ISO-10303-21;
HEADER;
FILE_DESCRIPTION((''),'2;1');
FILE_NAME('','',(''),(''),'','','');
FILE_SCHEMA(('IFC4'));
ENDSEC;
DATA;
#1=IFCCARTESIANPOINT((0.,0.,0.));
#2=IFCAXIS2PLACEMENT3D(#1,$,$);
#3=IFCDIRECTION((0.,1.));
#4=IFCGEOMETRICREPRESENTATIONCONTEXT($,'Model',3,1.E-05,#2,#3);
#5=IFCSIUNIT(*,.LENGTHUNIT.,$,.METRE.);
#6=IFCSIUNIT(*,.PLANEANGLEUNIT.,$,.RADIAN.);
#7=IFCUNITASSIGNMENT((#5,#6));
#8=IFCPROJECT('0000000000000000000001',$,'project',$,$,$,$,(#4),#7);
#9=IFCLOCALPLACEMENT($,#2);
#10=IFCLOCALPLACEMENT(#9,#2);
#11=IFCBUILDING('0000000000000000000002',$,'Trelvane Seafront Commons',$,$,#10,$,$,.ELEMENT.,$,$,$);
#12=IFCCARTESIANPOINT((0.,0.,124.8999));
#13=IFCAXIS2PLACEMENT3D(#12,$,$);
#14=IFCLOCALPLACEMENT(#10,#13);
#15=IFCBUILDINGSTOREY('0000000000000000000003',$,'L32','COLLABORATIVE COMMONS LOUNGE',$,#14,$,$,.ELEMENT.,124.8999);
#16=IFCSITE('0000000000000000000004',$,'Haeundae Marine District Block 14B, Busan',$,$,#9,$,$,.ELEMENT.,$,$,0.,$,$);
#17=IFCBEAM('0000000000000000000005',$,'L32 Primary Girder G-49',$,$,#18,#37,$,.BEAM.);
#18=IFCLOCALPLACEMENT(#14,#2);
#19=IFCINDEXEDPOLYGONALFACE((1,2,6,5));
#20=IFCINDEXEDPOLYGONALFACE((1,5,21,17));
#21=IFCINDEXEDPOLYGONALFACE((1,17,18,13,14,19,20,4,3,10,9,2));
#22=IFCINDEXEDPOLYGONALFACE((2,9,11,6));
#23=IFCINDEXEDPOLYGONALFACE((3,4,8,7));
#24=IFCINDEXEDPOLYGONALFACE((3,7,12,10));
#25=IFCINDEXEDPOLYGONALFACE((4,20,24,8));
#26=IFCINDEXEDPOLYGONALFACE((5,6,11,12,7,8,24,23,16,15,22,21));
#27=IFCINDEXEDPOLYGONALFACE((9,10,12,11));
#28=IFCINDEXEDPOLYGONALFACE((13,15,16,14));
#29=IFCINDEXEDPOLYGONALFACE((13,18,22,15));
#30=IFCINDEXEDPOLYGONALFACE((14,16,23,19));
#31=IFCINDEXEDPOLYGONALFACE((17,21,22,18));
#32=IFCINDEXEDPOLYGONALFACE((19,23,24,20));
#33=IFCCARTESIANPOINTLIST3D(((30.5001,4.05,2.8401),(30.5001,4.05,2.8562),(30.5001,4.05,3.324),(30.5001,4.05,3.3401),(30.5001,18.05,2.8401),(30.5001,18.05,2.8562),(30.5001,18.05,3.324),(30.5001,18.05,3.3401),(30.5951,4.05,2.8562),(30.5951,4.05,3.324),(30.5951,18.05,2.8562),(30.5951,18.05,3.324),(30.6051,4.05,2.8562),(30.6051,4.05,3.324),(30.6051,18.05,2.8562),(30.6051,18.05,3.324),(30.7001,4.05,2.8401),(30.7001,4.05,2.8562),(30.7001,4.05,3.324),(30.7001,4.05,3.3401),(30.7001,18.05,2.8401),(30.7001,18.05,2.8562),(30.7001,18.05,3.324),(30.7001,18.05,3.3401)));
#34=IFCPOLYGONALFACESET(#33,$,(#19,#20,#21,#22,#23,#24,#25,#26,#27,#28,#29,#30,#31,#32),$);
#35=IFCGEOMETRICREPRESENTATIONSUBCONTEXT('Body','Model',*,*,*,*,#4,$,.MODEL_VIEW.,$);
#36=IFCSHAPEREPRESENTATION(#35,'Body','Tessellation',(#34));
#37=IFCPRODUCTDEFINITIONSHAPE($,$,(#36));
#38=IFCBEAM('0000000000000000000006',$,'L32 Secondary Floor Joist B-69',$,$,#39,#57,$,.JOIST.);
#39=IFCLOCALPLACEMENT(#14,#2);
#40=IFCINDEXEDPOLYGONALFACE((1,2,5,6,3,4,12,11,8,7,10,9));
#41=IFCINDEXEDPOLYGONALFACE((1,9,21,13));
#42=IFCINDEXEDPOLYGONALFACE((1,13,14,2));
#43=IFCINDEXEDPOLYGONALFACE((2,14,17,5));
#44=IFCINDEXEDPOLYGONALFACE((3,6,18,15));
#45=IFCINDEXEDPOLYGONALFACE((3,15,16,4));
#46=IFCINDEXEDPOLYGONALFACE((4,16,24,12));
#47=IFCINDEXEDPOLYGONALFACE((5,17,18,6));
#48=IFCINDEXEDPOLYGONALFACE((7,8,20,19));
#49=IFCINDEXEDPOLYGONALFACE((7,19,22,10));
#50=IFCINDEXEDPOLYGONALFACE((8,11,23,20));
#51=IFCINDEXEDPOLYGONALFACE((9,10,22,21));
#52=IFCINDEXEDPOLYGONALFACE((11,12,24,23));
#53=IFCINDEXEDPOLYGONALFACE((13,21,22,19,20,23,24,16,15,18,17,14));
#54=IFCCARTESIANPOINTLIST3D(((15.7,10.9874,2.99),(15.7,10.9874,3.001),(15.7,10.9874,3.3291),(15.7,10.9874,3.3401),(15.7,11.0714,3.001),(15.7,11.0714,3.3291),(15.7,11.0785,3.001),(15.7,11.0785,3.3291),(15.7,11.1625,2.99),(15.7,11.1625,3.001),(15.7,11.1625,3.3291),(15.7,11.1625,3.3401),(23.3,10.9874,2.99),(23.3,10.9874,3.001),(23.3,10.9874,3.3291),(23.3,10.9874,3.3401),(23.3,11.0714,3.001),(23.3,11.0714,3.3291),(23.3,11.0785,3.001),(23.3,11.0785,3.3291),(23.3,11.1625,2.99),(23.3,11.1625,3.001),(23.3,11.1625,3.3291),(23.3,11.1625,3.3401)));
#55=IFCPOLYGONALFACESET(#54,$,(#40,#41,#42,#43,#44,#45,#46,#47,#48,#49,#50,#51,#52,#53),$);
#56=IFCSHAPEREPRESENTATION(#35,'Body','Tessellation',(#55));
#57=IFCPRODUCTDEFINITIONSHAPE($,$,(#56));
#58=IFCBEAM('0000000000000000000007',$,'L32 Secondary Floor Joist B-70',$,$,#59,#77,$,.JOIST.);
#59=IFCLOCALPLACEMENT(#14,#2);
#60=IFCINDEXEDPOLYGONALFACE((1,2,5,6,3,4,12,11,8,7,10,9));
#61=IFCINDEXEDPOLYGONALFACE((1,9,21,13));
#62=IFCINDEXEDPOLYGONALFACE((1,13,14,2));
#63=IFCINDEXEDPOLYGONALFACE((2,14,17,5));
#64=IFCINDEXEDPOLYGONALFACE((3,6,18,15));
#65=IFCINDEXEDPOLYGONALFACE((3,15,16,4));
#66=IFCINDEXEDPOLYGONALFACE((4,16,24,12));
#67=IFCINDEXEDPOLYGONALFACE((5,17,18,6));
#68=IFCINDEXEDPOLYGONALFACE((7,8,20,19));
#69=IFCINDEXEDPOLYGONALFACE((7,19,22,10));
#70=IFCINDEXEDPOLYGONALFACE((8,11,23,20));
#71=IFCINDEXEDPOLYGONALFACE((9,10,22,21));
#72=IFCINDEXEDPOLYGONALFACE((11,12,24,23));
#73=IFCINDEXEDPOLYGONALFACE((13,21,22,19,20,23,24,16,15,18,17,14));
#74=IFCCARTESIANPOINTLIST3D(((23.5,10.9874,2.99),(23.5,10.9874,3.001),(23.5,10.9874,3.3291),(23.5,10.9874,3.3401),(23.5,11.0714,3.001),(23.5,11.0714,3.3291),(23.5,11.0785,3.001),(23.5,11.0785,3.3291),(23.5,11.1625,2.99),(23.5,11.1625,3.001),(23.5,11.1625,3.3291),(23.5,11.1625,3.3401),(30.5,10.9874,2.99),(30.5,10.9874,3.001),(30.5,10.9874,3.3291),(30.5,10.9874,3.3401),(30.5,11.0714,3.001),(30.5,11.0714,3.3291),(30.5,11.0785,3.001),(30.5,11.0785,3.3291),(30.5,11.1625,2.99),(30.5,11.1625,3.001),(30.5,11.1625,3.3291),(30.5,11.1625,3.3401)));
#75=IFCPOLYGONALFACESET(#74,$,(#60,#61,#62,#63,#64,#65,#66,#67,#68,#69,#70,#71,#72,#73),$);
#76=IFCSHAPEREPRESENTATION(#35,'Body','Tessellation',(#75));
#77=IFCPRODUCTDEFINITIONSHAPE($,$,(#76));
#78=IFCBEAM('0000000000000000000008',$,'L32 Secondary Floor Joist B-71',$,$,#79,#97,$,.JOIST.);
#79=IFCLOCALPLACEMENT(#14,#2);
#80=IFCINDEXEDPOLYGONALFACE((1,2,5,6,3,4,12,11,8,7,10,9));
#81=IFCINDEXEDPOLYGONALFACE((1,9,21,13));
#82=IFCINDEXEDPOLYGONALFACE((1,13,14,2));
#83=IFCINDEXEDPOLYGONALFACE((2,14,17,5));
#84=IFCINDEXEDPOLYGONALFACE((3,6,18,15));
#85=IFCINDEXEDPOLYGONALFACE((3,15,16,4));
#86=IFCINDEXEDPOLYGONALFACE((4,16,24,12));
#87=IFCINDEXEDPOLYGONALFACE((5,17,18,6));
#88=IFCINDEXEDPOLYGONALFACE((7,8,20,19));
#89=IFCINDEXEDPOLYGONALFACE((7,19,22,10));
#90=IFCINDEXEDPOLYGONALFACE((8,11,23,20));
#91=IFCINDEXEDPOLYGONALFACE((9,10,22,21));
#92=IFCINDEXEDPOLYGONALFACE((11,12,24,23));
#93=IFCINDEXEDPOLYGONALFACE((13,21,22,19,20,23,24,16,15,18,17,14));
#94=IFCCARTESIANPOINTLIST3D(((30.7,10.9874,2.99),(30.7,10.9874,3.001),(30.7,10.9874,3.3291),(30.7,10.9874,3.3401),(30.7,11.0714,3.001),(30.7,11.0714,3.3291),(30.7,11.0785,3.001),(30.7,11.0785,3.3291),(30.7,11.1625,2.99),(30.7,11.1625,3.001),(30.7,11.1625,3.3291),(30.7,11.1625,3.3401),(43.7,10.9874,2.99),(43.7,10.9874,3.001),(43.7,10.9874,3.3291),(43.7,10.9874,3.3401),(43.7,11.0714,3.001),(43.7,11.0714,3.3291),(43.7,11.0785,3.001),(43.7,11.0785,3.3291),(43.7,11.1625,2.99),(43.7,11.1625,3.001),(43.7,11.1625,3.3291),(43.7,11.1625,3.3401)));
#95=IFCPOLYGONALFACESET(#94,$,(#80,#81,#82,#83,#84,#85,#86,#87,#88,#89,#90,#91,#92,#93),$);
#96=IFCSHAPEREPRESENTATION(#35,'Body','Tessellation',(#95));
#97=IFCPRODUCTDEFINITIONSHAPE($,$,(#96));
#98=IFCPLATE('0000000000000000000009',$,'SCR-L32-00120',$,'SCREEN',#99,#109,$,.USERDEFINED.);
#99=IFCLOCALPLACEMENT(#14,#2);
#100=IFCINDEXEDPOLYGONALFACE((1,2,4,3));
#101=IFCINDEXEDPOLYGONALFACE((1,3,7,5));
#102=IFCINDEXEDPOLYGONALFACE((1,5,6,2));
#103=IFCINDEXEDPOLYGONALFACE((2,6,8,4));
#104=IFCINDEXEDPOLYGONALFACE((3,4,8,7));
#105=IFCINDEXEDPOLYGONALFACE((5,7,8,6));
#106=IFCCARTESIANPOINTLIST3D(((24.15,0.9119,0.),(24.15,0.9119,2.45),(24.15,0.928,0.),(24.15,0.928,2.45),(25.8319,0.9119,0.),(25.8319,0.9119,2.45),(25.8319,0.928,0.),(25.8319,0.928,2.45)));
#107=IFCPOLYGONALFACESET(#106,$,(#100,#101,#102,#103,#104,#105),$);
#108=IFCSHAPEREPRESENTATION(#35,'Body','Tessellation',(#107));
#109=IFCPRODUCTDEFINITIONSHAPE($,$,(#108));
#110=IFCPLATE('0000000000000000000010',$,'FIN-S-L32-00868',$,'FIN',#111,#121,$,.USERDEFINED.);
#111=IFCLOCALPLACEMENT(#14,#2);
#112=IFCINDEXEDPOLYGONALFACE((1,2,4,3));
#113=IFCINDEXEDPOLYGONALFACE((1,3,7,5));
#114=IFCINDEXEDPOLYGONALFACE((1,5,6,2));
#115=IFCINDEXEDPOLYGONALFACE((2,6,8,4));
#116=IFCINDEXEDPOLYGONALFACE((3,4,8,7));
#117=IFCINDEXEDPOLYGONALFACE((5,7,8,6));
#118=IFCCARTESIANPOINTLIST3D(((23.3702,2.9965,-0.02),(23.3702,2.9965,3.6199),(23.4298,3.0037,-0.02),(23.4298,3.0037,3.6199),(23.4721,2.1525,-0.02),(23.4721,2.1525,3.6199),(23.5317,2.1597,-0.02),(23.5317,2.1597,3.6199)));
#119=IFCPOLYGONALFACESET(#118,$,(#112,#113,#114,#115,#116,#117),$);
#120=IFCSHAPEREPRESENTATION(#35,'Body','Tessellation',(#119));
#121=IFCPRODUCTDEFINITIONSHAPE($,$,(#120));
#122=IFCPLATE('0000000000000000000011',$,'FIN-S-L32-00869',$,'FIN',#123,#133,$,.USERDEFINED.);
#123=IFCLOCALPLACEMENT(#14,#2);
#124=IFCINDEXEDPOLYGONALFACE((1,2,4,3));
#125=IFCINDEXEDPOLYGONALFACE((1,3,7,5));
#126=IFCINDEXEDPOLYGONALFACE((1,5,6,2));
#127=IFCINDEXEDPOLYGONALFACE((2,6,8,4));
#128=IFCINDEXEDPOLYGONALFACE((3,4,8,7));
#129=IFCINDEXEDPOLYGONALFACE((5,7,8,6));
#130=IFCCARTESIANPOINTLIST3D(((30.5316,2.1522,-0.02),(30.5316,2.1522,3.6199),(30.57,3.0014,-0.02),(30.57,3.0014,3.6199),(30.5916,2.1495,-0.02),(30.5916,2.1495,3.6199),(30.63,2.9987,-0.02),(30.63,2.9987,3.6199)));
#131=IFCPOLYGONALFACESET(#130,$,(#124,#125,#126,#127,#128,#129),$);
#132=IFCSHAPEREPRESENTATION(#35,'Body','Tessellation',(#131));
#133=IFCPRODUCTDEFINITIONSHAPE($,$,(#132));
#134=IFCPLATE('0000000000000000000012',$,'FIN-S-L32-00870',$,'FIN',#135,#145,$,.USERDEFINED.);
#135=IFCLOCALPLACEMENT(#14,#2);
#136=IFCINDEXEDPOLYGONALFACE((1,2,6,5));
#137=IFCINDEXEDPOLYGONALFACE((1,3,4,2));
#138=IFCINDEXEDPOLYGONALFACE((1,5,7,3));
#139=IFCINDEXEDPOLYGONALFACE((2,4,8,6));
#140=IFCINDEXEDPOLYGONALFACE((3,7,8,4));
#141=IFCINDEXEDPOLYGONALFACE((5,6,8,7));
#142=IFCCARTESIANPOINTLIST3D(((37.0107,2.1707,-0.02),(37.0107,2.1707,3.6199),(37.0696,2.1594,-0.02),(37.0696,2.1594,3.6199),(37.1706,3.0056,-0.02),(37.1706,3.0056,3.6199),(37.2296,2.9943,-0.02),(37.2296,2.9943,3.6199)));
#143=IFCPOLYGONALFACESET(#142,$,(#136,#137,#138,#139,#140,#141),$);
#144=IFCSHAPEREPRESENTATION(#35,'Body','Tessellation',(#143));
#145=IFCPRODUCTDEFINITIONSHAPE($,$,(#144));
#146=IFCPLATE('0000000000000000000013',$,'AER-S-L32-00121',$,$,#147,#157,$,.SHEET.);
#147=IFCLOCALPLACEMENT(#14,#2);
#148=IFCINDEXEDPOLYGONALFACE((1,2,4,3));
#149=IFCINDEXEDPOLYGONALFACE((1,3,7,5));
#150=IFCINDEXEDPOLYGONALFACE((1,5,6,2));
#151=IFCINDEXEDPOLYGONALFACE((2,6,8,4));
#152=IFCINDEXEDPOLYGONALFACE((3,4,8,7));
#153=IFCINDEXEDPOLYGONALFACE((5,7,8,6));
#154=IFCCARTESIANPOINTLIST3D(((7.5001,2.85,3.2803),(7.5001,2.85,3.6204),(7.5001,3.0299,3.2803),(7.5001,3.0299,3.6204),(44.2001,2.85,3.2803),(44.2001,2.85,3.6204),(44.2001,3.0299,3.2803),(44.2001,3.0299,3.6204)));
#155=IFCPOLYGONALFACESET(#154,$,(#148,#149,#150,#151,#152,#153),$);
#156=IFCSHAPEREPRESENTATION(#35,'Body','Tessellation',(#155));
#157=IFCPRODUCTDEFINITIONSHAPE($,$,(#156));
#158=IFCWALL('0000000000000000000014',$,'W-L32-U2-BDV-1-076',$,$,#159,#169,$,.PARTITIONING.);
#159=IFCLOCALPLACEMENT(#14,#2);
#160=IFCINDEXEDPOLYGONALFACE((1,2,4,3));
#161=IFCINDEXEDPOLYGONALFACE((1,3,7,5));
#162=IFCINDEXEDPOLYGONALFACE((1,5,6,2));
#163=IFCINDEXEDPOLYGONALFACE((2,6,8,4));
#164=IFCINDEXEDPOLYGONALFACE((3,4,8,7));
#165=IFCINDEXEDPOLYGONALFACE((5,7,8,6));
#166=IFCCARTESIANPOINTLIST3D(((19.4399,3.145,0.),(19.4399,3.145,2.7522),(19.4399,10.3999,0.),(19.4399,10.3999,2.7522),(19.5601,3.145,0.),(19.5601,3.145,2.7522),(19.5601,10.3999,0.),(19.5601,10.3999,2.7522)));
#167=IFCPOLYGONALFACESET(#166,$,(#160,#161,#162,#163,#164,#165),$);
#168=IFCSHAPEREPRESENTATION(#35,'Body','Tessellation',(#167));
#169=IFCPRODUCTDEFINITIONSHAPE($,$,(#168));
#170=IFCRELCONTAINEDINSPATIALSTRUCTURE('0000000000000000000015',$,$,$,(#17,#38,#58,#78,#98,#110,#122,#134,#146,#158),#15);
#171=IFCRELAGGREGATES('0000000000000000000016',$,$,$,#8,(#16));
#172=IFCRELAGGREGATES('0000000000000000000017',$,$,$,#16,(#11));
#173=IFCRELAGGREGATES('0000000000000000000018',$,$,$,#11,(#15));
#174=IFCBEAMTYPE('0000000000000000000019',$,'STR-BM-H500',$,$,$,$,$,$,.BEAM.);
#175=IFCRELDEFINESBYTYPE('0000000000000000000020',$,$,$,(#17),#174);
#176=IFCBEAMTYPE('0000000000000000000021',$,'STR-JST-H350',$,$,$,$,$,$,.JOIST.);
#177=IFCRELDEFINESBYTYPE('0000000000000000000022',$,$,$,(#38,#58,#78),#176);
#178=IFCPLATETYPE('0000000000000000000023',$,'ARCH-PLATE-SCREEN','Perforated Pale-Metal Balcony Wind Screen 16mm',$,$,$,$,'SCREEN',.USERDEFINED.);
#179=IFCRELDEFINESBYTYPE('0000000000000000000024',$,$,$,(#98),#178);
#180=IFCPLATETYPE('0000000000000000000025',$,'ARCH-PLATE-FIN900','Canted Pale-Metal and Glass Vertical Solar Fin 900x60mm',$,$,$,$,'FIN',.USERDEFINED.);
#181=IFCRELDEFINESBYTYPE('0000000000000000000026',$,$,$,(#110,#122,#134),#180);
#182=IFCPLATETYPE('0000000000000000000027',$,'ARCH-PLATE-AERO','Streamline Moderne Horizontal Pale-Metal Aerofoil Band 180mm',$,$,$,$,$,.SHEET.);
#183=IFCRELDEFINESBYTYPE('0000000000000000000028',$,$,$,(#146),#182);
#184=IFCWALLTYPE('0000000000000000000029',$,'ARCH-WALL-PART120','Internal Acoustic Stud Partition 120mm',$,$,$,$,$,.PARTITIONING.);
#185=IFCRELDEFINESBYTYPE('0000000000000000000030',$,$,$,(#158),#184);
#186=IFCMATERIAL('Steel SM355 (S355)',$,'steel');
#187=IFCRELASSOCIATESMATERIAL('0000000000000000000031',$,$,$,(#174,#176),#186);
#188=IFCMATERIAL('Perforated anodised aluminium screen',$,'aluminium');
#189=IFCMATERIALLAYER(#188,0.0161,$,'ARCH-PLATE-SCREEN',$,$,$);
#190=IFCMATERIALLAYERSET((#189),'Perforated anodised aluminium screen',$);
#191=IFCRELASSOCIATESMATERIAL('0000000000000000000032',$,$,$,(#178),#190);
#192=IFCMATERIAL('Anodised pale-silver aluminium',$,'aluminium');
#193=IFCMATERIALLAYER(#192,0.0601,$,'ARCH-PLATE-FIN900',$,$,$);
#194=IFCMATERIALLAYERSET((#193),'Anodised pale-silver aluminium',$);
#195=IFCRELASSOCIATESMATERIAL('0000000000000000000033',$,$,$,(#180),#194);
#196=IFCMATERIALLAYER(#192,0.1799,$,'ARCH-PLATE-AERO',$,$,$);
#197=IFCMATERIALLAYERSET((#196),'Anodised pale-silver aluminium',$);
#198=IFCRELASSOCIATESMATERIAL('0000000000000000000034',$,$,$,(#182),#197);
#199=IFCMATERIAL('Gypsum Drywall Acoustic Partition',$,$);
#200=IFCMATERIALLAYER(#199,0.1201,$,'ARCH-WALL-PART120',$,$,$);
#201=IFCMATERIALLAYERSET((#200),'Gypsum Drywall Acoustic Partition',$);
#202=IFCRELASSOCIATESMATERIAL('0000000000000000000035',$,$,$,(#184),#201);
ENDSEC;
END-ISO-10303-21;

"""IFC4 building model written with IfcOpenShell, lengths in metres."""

from ifc_helpers import new_model, si_unit, direction, frame, frame_2d, origin, origin_2d, place, context, subcontext, project, spatial, rectangle, i_section, extrude, source, transform, mapped, material, layer, layer_set, material_profile, profile_set, type_object, element, save


model = new_model("IFC4")

# Units and contexts
model_context = context("Model", 3, precision=1e-05, world=origin(), true_north=direction((0.0, 1.0)))
body_context = subcontext(model_context, "Body", "Model", "MODEL_VIEW")
ifc_project = project(units=[si_unit("LENGTHUNIT", "METRE"), si_unit("PLANEANGLEUNIT", "RADIAN")], contexts=[model_context])

# Site, building, storey
site_placement = place(None, origin())
site = spatial("IfcSite", under=ifc_project, at=site_placement, Name="Haeundae Marine District Block 14B, Busan", CompositionType="ELEMENT", RefElevation=0.0)
building_placement = place(site_placement, origin())
building = spatial("IfcBuilding", under=site, at=building_placement, Name="Trelvane Seafront Commons", CompositionType="ELEMENT")
storey_placement = place(building_placement, frame((0.0, 0.0, 124.8999)))
storey = spatial("IfcBuildingStorey", under=building, at=storey_placement, Name="L32", Description="COLLABORATIVE COMMONS LOUNGE", CompositionType="ELEMENT", Elevation=124.8999)

# Shared definitions
ifc_material_1 = material(Name="Steel SM355 (S355)", Category="steel")

# Beams
ifc_material_profile_1 = material_profile(ifc_material_1, i_section(OverallWidth=0.2, OverallDepth=0.5, WebThickness=0.01, FlangeThickness=0.0161, at=origin_2d()), Name="H-500x200x10x16")
ifc_profile_set_1 = profile_set([ifc_material_profile_1], Name="Steel SM355 (S355)")
beam_type_1 = type_object("IfcBeamType", Name="STR-BM-H500", PredefinedType="BEAM", material=ifc_profile_set_1)
shared_shape_1 = source(origin(), body_context, "Body", "SweptSolid", [
    extrude(i_section(OverallWidth=0.2, OverallDepth=0.5, WebThickness=0.01, FlangeThickness=0.0161, at=origin_2d()), origin(), (0.0, 0.0, 1.0), 14.0),
])
beam_1_placement = place(storey_placement, frame((30.6001, 4.05, 3.0901), z_axis=(0.0, 1.0, 0.0), x_axis=(-1.0, 0.0, 0.0)))
element("IfcBeam", 1, at=beam_1_placement, inside=storey, type_object=beam_type_1, Name="L32 Primary Girder G-49", PredefinedType="BEAM", context=body_context, shape_type="MappedRepresentation", body=[
    mapped(shared_shape_1, transform((0.0, 0.0, 0.0), x_axis=(1.0, 0.0, 0.0), y_axis=(0.0, 1.0, 0.0), z_axis=(0.0, 0.0, 1.0), scale=1.0)),
])
ifc_material_profile_2 = material_profile(ifc_material_1, i_section(OverallWidth=0.175, OverallDepth=0.3501, WebThickness=0.0071, FlangeThickness=0.011, at=origin_2d()), Name="H-350x175x7x11")
ifc_profile_set_2 = profile_set([ifc_material_profile_2], Name="Steel SM355 (S355)")
beam_type_2 = type_object("IfcBeamType", Name="STR-JST-H350", PredefinedType="JOIST", material=ifc_profile_set_2)
shared_shape_2 = source(origin(), body_context, "Body", "SweptSolid", [
    extrude(i_section(OverallWidth=0.175, OverallDepth=0.3501, WebThickness=0.0071, FlangeThickness=0.011, at=origin_2d()), origin(), (0.0, 0.0, 1.0), 7.6001),
])
beam_2_placement = place(storey_placement, frame((15.7, 11.075, 3.165), z_axis=(1.0, 0.0, 0.0), x_axis=(0.0, 1.0, 0.0)))
element("IfcBeam", 2, at=beam_2_placement, inside=storey, type_object=beam_type_2, Name="L32 Secondary Floor Joist B-69", PredefinedType="JOIST", context=body_context, shape_type="MappedRepresentation", body=[
    mapped(shared_shape_2, transform((0.0, 0.0, 0.0), x_axis=(1.0, 0.0, 0.0), y_axis=(0.0, 1.0, 0.0), z_axis=(0.0, 0.0, 1.0), scale=1.0)),
])
shared_shape_3 = source(origin(), body_context, "Body", "SweptSolid", [
    extrude(i_section(OverallWidth=0.175, OverallDepth=0.3501, WebThickness=0.0071, FlangeThickness=0.011, at=origin_2d()), origin(), (0.0, 0.0, 1.0), 7.0),
])
beam_3_placement = place(storey_placement, frame((23.5, 11.075, 3.165), z_axis=(1.0, 0.0, 0.0), x_axis=(0.0, 1.0, 0.0)))
element("IfcBeam", 3, at=beam_3_placement, inside=storey, type_object=beam_type_2, Name="L32 Secondary Floor Joist B-70", PredefinedType="JOIST", context=body_context, shape_type="MappedRepresentation", body=[
    mapped(shared_shape_3, transform((0.0, 0.0, 0.0), x_axis=(1.0, 0.0, 0.0), y_axis=(0.0, 1.0, 0.0), z_axis=(0.0, 0.0, 1.0), scale=1.0)),
])
shared_shape_4 = source(origin(), body_context, "Body", "SweptSolid", [
    extrude(i_section(OverallWidth=0.175, OverallDepth=0.3501, WebThickness=0.0071, FlangeThickness=0.011, at=origin_2d()), origin(), (0.0, 0.0, 1.0), 13.0),
])
beam_4_placement = place(storey_placement, frame((30.7, 11.075, 3.165), z_axis=(1.0, 0.0, 0.0), x_axis=(0.0, 1.0, 0.0)))
element("IfcBeam", 4, at=beam_4_placement, inside=storey, type_object=beam_type_2, Name="L32 Secondary Floor Joist B-71", PredefinedType="JOIST", context=body_context, shape_type="MappedRepresentation", body=[
    mapped(shared_shape_4, transform((0.0, 0.0, 0.0), x_axis=(1.0, 0.0, 0.0), y_axis=(0.0, 1.0, 0.0), z_axis=(0.0, 0.0, 1.0), scale=1.0)),
])

# Plates
ifc_material_2 = material(Name="Perforated anodised aluminium screen", Category="aluminium")
ifc_layer_1 = layer(ifc_material_2, 0.0161, Name="ARCH-PLATE-SCREEN")
ifc_layer_set_1 = layer_set([ifc_layer_1], Name="Perforated anodised aluminium screen")
plate_type_1 = type_object("IfcPlateType", Name="ARCH-PLATE-SCREEN", Description="Perforated Pale-Metal Balcony Wind Screen 16mm", ElementType="SCREEN", PredefinedType="USERDEFINED", material=ifc_layer_set_1)
shared_shape_5 = source(origin(), body_context, "Body", "SweptSolid", [
    extrude(rectangle(XDim=1.6819, YDim=0.0161, at=origin_2d()), origin(), (0.0, 0.0, 1.0), 2.45),
])
plate_1_placement = place(storey_placement, frame((24.991, 0.9199, 0.0), z_axis=(0.0, 0.0, 1.0), x_axis=(1.0, 0.0, 0.0)))
element("IfcPlate", 5, at=plate_1_placement, inside=storey, type_object=plate_type_1, Name="SCR-L32-00120", ObjectType="SCREEN", PredefinedType="USERDEFINED", context=body_context, shape_type="MappedRepresentation", body=[
    mapped(shared_shape_5, transform((0.0, 0.0, 0.0), x_axis=(1.0, 0.0, 0.0), y_axis=(0.0, 1.0, 0.0), z_axis=(0.0, 0.0, 1.0), scale=1.0)),
])
ifc_material_3 = material(Name="Anodised pale-silver aluminium", Category="aluminium")
ifc_layer_2 = layer(ifc_material_3, 0.0601, Name="ARCH-PLATE-FIN900")
ifc_layer_set_2 = layer_set([ifc_layer_2], Name="Anodised pale-silver aluminium")
plate_type_2 = type_object("IfcPlateType", Name="ARCH-PLATE-FIN900", Description="Canted Pale-Metal and Glass Vertical Solar Fin 900x60mm", ElementType="FIN", PredefinedType="USERDEFINED", material=ifc_layer_set_2)
shared_shape_6 = source(origin(), body_context, "Body", "SweptSolid", [
    extrude(rectangle(XDim=0.8501, YDim=0.0601, at=origin_2d()), origin(), (0.0, 0.0, 1.0), 3.6399),
])
for number, where, z_axis, x_axis, name in (
    (6, (23.4509, 2.5781, -0.02), (0.0, 0.0, 1.0), (0.119879, -0.992789, 0.0), "FIN-S-L32-00868"),
    (7, (30.5808, 2.5754, -0.02), (0.0, 0.0, 1.0), (-0.045178, -0.998979, 0.0), "FIN-S-L32-00869"),
    (8, (37.1201, 2.5825, -0.02), (0.0, 0.0, 1.0), (-0.188124, -0.982145, 0.0), "FIN-S-L32-00870"),
):
    element("IfcPlate", number, at=place(storey_placement, frame(where, z_axis=z_axis, x_axis=x_axis)), inside=storey, type_object=plate_type_2, Name=name, ObjectType="FIN", PredefinedType="USERDEFINED", context=body_context, shape_type="MappedRepresentation", body=[
        mapped(shared_shape_6, transform((0.0, 0.0, 0.0), x_axis=(1.0, 0.0, 0.0), y_axis=(0.0, 1.0, 0.0), z_axis=(0.0, 0.0, 1.0), scale=1.0)),
    ])
ifc_layer_3 = layer(ifc_material_3, 0.1799, Name="ARCH-PLATE-AERO")
ifc_layer_set_3 = layer_set([ifc_layer_3], Name="Anodised pale-silver aluminium")
plate_type_3 = type_object("IfcPlateType", Name="ARCH-PLATE-AERO", Description="Streamline Moderne Horizontal Pale-Metal Aerofoil Band 180mm", PredefinedType="SHEET", material=ifc_layer_set_3)
shared_shape_7 = source(origin(), body_context, "Body", "SweptSolid", [
    extrude(rectangle(XDim=36.7, YDim=0.1799, at=origin_2d()), origin(), (0.0, 0.0, 1.0), 0.3401),
])
plate_2_placement = place(storey_placement, frame((25.8501, 2.9399, 3.2803), z_axis=(0.0, 0.0, 1.0), x_axis=(-1.0, 0.0, 0.0)))
element("IfcPlate", 9, at=plate_2_placement, inside=storey, type_object=plate_type_3, Name="AER-S-L32-00121", PredefinedType="SHEET", context=body_context, shape_type="MappedRepresentation", body=[
    mapped(shared_shape_7, transform((0.0, 0.0, 0.0), x_axis=(1.0, 0.0, 0.0), y_axis=(0.0, 1.0, 0.0), z_axis=(0.0, 0.0, 1.0), scale=1.0)),
])

# Shared definitions
ifc_material_4 = material(Name="Gypsum Drywall Acoustic Partition")
ifc_layer_4 = layer(ifc_material_4, 0.1201, Name="ARCH-WALL-PART120")
ifc_layer_set_4 = layer_set([ifc_layer_4], Name="Gypsum Drywall Acoustic Partition")
wall_type_1 = type_object("IfcWallType", Name="ARCH-WALL-PART120", Description="Internal Acoustic Stud Partition 120mm", PredefinedType="PARTITIONING", material=ifc_layer_set_4)

# Wall
wall_1_placement = place(storey_placement, frame((19.5, 3.145, 0.0), z_axis=(0.0, 0.0, 1.0), x_axis=(0.0, 1.0, 0.0)))
element("IfcWall", 10, at=wall_1_placement, inside=storey, type_object=wall_type_1, Name="W-L32-U2-BDV-1-076", PredefinedType="PARTITIONING", context=body_context, shape_type="SweptSolid", body=[
    extrude(rectangle(XDim=7.2549, YDim=0.1201, at=frame_2d((3.6274, 0.0))), origin(), (0.0, 0.0, 1.0), 2.7522),
])

save(model, "model.ifc")
